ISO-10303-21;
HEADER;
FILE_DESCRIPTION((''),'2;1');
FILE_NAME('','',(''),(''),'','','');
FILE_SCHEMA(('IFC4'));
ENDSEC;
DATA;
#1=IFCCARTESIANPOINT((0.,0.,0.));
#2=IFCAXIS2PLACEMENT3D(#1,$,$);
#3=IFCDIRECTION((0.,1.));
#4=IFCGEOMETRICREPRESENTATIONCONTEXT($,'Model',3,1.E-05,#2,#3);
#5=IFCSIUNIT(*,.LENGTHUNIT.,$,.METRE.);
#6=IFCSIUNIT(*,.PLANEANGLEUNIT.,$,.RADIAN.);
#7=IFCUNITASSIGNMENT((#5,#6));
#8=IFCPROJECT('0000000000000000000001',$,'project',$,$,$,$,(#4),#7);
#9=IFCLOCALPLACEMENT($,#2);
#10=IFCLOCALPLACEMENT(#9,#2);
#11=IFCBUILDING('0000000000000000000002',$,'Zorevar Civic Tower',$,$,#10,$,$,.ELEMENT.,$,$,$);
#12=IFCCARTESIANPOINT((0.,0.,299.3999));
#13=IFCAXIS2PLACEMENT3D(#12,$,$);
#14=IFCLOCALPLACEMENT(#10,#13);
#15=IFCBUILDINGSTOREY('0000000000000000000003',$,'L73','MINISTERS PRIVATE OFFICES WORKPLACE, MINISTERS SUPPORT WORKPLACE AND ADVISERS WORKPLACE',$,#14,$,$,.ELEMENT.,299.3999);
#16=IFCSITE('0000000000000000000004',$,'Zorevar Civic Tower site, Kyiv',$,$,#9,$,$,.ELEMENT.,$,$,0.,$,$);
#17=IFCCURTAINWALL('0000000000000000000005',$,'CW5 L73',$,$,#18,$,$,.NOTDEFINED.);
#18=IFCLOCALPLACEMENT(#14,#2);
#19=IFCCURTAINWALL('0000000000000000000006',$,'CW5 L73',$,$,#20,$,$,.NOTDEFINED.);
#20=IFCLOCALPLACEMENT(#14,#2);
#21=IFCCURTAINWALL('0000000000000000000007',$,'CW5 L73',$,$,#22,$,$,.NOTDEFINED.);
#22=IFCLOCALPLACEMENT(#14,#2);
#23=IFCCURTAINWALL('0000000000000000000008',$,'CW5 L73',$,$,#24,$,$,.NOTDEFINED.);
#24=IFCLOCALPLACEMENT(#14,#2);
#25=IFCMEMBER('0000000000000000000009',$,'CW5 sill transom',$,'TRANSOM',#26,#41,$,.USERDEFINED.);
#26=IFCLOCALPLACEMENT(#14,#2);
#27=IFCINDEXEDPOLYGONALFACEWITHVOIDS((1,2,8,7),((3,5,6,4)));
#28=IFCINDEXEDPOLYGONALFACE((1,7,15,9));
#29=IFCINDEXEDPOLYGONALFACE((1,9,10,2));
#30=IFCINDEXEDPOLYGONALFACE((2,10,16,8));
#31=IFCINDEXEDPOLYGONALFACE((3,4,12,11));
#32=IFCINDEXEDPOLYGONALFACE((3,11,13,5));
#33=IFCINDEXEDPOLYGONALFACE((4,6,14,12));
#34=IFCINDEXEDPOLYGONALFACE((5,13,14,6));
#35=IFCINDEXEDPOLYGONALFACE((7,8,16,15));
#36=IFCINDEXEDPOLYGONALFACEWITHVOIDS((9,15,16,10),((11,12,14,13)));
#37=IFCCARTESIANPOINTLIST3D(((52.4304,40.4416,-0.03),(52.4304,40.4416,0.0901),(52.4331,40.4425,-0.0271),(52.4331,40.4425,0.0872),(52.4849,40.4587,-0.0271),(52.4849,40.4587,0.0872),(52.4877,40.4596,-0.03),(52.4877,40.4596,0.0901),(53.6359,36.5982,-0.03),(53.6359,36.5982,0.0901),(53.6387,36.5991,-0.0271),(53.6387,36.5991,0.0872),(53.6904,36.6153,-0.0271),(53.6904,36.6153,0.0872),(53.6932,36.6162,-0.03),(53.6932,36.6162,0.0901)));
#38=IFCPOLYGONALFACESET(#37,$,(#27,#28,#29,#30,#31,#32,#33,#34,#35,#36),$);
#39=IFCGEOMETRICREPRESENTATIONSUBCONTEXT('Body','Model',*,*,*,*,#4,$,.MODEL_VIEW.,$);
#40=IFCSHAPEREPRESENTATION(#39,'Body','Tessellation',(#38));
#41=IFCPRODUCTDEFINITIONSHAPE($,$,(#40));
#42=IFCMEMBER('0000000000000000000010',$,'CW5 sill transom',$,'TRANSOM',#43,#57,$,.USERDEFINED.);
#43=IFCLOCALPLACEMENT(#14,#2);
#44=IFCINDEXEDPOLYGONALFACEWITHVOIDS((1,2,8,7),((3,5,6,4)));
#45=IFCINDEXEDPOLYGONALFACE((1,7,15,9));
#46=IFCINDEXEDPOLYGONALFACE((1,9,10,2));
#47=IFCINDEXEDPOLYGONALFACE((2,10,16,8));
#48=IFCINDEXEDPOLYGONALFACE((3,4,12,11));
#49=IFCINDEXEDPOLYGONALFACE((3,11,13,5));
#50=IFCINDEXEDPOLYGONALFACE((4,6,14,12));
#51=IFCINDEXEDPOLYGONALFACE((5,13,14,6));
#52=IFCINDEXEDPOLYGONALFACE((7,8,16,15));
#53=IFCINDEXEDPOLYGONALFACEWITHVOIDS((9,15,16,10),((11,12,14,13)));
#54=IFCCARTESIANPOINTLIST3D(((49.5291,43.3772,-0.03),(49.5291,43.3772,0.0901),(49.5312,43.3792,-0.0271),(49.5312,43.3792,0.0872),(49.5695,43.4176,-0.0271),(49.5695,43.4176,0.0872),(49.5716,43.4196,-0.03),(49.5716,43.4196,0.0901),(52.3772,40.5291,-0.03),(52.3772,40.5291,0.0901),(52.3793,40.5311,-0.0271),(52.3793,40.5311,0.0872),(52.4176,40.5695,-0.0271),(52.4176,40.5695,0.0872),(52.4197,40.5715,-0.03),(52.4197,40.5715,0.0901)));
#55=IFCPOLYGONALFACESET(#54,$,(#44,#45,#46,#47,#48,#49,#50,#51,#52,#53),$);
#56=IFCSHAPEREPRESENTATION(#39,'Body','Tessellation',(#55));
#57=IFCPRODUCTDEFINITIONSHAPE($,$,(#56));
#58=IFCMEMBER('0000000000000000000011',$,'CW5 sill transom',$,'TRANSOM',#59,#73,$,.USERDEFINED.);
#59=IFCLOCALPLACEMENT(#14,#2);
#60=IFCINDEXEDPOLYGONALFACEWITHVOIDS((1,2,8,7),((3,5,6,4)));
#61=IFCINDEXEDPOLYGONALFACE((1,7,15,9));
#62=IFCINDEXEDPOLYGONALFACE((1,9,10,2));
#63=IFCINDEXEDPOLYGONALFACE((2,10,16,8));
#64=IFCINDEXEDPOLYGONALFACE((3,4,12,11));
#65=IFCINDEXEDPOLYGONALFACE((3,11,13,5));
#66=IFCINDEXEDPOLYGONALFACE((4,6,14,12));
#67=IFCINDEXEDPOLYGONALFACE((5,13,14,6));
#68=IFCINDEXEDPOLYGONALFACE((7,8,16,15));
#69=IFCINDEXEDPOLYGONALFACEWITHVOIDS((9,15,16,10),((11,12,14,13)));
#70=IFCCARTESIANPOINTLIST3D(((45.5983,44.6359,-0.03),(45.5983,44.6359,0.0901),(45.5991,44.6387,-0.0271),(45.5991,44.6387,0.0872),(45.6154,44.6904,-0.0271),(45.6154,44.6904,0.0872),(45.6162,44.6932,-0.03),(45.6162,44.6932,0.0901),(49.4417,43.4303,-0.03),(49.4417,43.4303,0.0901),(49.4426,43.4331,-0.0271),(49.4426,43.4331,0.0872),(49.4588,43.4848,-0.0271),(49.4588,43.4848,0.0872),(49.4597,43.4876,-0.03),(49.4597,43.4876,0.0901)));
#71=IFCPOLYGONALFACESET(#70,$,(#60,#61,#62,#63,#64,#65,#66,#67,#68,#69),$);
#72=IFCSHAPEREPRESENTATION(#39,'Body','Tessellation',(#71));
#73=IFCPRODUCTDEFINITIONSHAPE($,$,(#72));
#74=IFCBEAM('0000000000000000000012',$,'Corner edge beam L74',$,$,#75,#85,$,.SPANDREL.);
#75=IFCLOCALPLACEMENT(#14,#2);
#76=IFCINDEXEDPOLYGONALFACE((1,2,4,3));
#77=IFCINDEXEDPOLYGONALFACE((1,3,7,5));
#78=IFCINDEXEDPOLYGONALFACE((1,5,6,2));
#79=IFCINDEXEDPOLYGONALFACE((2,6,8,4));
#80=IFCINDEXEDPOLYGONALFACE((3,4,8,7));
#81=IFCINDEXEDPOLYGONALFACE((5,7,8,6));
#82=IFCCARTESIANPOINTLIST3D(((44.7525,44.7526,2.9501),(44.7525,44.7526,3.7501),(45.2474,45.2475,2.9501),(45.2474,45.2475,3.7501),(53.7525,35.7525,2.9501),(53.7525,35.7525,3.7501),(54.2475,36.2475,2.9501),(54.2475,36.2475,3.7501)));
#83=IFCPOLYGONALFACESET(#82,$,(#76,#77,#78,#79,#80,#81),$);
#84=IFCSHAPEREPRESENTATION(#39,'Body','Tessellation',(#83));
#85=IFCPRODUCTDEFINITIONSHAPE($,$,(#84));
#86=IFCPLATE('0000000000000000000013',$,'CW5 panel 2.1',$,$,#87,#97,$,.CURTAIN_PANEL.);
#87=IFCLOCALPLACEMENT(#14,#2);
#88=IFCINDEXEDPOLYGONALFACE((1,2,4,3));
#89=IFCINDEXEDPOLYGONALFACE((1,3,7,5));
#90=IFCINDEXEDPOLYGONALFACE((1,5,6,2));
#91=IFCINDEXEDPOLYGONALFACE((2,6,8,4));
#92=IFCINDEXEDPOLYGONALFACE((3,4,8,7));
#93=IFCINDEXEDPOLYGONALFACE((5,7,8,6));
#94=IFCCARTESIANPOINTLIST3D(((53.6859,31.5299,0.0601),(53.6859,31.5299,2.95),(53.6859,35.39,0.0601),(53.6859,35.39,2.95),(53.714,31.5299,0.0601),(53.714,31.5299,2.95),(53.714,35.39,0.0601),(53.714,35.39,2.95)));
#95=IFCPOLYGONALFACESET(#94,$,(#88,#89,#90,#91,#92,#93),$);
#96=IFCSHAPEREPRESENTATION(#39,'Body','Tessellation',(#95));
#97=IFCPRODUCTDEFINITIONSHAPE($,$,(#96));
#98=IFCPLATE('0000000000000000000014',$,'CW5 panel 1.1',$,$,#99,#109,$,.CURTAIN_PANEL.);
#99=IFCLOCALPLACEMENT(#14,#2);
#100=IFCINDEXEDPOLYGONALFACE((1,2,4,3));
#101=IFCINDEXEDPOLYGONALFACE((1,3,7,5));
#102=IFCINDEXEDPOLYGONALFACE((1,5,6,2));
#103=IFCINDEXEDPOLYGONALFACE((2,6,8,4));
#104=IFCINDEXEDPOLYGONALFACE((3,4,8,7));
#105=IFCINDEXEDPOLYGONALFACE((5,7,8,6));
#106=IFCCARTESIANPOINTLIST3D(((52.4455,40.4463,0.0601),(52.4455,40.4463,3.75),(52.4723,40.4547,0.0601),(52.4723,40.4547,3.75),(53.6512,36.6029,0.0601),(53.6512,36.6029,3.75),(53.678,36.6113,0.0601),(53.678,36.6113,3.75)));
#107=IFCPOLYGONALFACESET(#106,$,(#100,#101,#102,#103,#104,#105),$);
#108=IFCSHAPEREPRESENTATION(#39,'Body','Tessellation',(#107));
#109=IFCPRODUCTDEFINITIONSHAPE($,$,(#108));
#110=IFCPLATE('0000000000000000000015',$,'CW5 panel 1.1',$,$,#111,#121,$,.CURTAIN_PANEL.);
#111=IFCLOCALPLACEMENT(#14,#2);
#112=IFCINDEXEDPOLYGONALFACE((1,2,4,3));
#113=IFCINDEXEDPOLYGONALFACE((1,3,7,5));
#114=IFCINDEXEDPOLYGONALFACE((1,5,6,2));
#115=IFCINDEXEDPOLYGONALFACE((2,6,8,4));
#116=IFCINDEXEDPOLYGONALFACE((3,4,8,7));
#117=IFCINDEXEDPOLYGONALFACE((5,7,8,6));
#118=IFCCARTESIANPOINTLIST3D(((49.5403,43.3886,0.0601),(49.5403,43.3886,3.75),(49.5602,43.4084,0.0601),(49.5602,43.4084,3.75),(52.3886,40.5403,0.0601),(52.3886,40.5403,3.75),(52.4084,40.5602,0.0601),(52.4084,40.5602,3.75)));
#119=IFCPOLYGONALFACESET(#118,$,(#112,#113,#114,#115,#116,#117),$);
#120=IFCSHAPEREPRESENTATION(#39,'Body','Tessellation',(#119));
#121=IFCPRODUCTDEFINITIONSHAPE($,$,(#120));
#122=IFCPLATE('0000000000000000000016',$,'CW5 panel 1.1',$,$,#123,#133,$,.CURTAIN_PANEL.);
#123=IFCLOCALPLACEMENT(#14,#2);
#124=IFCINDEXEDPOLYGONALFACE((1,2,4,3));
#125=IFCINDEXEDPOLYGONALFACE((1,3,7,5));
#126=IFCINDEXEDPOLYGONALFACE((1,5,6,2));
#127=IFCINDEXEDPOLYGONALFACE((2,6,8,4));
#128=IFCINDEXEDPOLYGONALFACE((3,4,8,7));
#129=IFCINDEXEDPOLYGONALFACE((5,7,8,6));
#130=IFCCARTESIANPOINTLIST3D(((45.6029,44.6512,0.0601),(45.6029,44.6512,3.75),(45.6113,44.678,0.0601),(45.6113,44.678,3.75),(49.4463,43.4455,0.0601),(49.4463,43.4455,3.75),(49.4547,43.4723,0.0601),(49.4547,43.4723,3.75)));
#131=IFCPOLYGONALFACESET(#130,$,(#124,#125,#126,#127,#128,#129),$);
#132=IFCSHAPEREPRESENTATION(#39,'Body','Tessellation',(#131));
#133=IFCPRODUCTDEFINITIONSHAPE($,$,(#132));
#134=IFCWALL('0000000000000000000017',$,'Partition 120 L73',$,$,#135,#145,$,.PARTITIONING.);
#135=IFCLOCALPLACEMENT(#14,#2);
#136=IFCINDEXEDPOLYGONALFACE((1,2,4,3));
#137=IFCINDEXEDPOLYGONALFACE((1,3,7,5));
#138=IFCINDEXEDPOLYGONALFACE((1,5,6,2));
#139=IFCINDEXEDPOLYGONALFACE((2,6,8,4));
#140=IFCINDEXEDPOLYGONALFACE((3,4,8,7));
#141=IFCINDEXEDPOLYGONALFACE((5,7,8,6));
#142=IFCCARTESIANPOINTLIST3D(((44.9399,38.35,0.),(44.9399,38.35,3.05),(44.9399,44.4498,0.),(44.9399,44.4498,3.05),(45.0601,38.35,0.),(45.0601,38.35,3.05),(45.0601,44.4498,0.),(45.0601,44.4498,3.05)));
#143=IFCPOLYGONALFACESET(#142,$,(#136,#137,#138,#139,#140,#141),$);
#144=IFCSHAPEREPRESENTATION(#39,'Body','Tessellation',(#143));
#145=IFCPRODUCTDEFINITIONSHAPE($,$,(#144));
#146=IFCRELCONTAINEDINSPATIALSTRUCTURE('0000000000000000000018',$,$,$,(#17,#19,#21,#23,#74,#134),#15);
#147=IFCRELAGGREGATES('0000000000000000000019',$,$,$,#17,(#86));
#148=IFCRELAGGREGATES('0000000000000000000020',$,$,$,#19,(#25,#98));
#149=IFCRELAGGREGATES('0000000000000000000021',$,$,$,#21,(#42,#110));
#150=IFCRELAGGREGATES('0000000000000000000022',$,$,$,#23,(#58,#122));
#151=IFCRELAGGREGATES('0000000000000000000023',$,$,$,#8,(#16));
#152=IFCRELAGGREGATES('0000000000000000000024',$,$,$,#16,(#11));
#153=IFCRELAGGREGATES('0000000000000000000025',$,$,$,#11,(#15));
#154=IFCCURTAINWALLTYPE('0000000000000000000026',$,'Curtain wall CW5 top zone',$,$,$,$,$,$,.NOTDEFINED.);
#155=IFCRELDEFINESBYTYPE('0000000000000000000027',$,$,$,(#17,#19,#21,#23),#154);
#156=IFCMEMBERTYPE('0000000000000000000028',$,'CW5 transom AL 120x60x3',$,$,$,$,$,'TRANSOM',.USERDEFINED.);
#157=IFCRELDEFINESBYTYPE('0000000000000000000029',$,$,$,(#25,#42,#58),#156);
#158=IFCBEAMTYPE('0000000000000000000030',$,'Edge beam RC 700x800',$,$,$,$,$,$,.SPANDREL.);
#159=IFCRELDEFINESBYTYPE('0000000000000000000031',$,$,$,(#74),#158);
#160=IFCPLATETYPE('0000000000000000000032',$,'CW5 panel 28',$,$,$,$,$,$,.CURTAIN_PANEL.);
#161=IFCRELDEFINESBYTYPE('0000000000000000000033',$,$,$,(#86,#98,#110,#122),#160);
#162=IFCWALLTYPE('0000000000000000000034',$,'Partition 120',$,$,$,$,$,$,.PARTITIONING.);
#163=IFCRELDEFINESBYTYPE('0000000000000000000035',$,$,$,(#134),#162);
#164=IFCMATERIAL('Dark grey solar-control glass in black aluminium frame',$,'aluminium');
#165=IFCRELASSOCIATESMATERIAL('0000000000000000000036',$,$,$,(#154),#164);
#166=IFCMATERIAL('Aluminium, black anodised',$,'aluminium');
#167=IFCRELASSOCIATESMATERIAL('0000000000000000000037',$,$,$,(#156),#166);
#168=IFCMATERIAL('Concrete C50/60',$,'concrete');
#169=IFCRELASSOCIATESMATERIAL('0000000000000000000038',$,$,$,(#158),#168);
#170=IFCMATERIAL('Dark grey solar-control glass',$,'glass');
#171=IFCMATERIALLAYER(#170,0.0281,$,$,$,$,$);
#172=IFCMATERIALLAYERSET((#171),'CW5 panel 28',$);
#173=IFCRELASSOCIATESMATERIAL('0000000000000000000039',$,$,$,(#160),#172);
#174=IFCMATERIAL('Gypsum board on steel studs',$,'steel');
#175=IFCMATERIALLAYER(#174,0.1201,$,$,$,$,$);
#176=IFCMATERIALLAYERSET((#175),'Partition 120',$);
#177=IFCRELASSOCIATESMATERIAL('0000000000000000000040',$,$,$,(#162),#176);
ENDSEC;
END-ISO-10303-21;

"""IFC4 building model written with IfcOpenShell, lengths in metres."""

from ifc_helpers import new_model, si_unit, direction, frame, frame_2d, origin, origin_2d, place, context, subcontext, project, spatial, rectangle, hollow_rectangle, extrude, material, layer, layer_set, material_profile, profile_set, type_object, element, aggregate, save


model = new_model("IFC4")

# Units and contexts
model_context = context("Model", 3, precision=1e-05, world=origin(), true_north=direction((0.0, 1.0)))
body_context = subcontext(model_context, "Body", "Model", "MODEL_VIEW")
ifc_project = project(units=[si_unit("LENGTHUNIT", "METRE"), si_unit("PLANEANGLEUNIT", "RADIAN")], contexts=[model_context])

# Site, building, storey
site_placement = place(None, origin())
site = spatial("IfcSite", under=ifc_project, at=site_placement, Name="Zorevar Civic Tower site, Kyiv", CompositionType="ELEMENT", RefElevation=0.0)
building_placement = place(site_placement, origin())
building = spatial("IfcBuilding", under=site, at=building_placement, Name="Zorevar Civic Tower", CompositionType="ELEMENT")
storey_placement = place(building_placement, frame((0.0, 0.0, 299.3999)))
storey = spatial("IfcBuildingStorey", under=building, at=storey_placement, Name="L73", Description="MINISTERS PRIVATE OFFICES WORKPLACE, MINISTERS SUPPORT WORKPLACE AND ADVISERS WORKPLACE", CompositionType="ELEMENT", Elevation=299.3999)

# Curtain wall
ifc_material_1 = material(Name="Dark grey solar-control glass in black aluminium frame", Category="aluminium")
curtain_wall_type = type_object("IfcCurtainWallType", Name="Curtain wall CW5 top zone", PredefinedType="NOTDEFINED", material=ifc_material_1)
curtain_wall_1_placement = place(storey_placement, origin())
curtain_wall_1 = element("IfcCurtainWall", 1, at=curtain_wall_1_placement, inside=storey, type_object=curtain_wall_type, Name="CW5 L73", PredefinedType="NOTDEFINED")

# Curtain walls
curtain_wall_2_placement = place(storey_placement, origin())
curtain_wall_2 = element("IfcCurtainWall", 2, at=curtain_wall_2_placement, inside=storey, type_object=curtain_wall_type, Name="CW5 L73", PredefinedType="NOTDEFINED")
curtain_wall_3_placement = place(storey_placement, origin())
curtain_wall_3 = element("IfcCurtainWall", 3, at=curtain_wall_3_placement, inside=storey, type_object=curtain_wall_type, Name="CW5 L73", PredefinedType="NOTDEFINED")
curtain_wall_4_placement = place(storey_placement, origin())
curtain_wall_4 = element("IfcCurtainWall", 4, at=curtain_wall_4_placement, inside=storey, type_object=curtain_wall_type, Name="CW5 L73", PredefinedType="NOTDEFINED")

# Members
ifc_material_2 = material(Name="Aluminium, black anodised", Category="aluminium")
ifc_material_profile_1 = material_profile(ifc_material_2, hollow_rectangle(XDim=0.0601, YDim=0.1201, WallThickness=0.0029, at=origin_2d()), Name="AL 120x60x3")
ifc_profile_set_1 = profile_set([ifc_material_profile_1], Name="Aluminium, black anodised")
member_type_1 = type_object("IfcMemberType", Name="CW5 transom AL 120x60x3", ElementType="TRANSOM", PredefinedType="USERDEFINED", material=ifc_profile_set_1)
member_1_placement = place(storey_placement, frame((53.6646, 36.6072, 0.03), z_axis=(-0.299286, 0.954163, 0.0), x_axis=(-0.954163, -0.299286, 0.0)))
member_1 = element("IfcMember", 5, at=member_1_placement, type_object=member_type_1, Name="CW5 sill transom", ObjectType="TRANSOM", PredefinedType="USERDEFINED", context=body_context, shape_type="SweptSolid", body=[
    extrude(hollow_rectangle(XDim=0.0601, YDim=0.1201, WallThickness=0.0029, at=origin_2d()), origin(), (0.0, 0.0, 1.0), 4.0281),
])
member_2_placement = place(storey_placement, frame((52.3984, 40.5503, 0.03), z_axis=(-0.707107, 0.707107, 0.0), x_axis=(-0.707107, -0.707107, 0.0)))
member_2 = element("IfcMember", 6, at=member_2_placement, type_object=member_type_1, Name="CW5 sill transom", ObjectType="TRANSOM", PredefinedType="USERDEFINED", context=body_context, shape_type="SweptSolid", body=[
    extrude(hollow_rectangle(XDim=0.0601, YDim=0.1201, WallThickness=0.0029, at=origin_2d()), origin(), (0.0, 0.0, 1.0), 4.0278),
])
member_3_placement = place(storey_placement, frame((49.4507, 43.459, 0.03), z_axis=(-0.954163, 0.299286, 0.0), x_axis=(-0.299286, -0.954163, 0.0)))
member_3 = element("IfcMember", 7, at=member_3_placement, type_object=member_type_1, Name="CW5 sill transom", ObjectType="TRANSOM", PredefinedType="USERDEFINED", context=body_context, shape_type="SweptSolid", body=[
    extrude(hollow_rectangle(XDim=0.0601, YDim=0.1201, WallThickness=0.0029, at=origin_2d()), origin(), (0.0, 0.0, 1.0), 4.0281),
])

# Beam
ifc_material_3 = material(Name="Concrete C50/60", Category="concrete")
ifc_material_profile_2 = material_profile(ifc_material_3, rectangle(XDim=0.7, YDim=0.8, at=origin_2d()), Name="RC 700x800")
ifc_profile_set_2 = profile_set([ifc_material_profile_2], Name="Concrete C50/60")
beam_type_1 = type_object("IfcBeamType", Name="Edge beam RC 700x800", PredefinedType="SPANDREL", material=ifc_profile_set_2)
beam_1_placement = place(storey_placement, frame((54.0, 36.0, 3.3501), z_axis=(-0.707107, 0.707107, 0.0), x_axis=(-0.707107, -0.707107, 0.0)))
element("IfcBeam", 8, at=beam_1_placement, inside=storey, type_object=beam_type_1, Name="Corner edge beam L74", PredefinedType="SPANDREL", context=body_context, shape_type="SweptSolid", body=[
    extrude(rectangle(XDim=0.7, YDim=0.8, at=origin_2d()), origin(), (0.0, 0.0, 1.0), 12.728),
])

# Plates
ifc_material_4 = material(Name="Dark grey solar-control glass", Category="glass")
ifc_layer_1 = layer(ifc_material_4, 0.0281)
ifc_layer_set_1 = layer_set([ifc_layer_1], Name="CW5 panel 28")
plate_type = type_object("IfcPlateType", Name="CW5 panel 28", PredefinedType="CURTAIN_PANEL", material=ifc_layer_set_1)
plate_1_placement = place(storey_placement, frame((53.7, 33.46, 0.0601), z_axis=(0.0, 0.0, 1.0), x_axis=(0.0, 1.0, 0.0)))
plate_1 = element("IfcPlate", 9, at=plate_1_placement, type_object=plate_type, Name="CW5 panel 2.1", PredefinedType="CURTAIN_PANEL", context=body_context, shape_type="SweptSolid", body=[
    extrude(rectangle(XDim=3.8601, YDim=0.0281, at=origin_2d()), origin(), (0.0, 0.0, 1.0), 2.8899),
])
aggregate(curtain_wall_1, [plate_1])
plate_2_placement = place(storey_placement, frame((53.0618, 38.5288, 0.0601), z_axis=(0.0, 0.0, 1.0), x_axis=(-0.299318, 0.954153, 0.0)))
plate_2 = element("IfcPlate", 10, at=plate_2_placement, type_object=plate_type, Name="CW5 panel 1.1", PredefinedType="CURTAIN_PANEL", context=body_context, shape_type="SweptSolid", body=[
    extrude(rectangle(XDim=4.0281, YDim=0.0281, at=origin_2d()), origin(), (0.0, 0.0, 1.0), 3.6899),
])
aggregate(curtain_wall_2, [member_1, plate_2])
plate_3_placement = place(storey_placement, frame((50.9744, 41.9744, 0.0601), z_axis=(0.0, 0.0, 1.0), x_axis=(-0.707107, 0.707107, 0.0)))
plate_3 = element("IfcPlate", 11, at=plate_3_placement, type_object=plate_type, Name="CW5 panel 1.1", PredefinedType="CURTAIN_PANEL", context=body_context, shape_type="SweptSolid", body=[
    extrude(rectangle(XDim=4.0281, YDim=0.0281, at=origin_2d()), origin(), (0.0, 0.0, 1.0), 3.6899),
])
aggregate(curtain_wall_3, [member_2, plate_3])
plate_4_placement = place(storey_placement, frame((47.5288, 44.0618, 0.0601), z_axis=(0.0, 0.0, 1.0), x_axis=(-0.954153, 0.299318, 0.0)))
plate_4 = element("IfcPlate", 12, at=plate_4_placement, type_object=plate_type, Name="CW5 panel 1.1", PredefinedType="CURTAIN_PANEL", context=body_context, shape_type="SweptSolid", body=[
    extrude(rectangle(XDim=4.0281, YDim=0.0281, at=origin_2d()), origin(), (0.0, 0.0, 1.0), 3.6899),
])
aggregate(curtain_wall_4, [member_3, plate_4])

# Wall
ifc_material_5 = material(Name="Gypsum board on steel studs", Category="steel")
ifc_layer_2 = layer(ifc_material_5, 0.1201)
ifc_layer_set_2 = layer_set([ifc_layer_2], Name="Partition 120")
wall_type_1 = type_object("IfcWallType", Name="Partition 120", PredefinedType="PARTITIONING", material=ifc_layer_set_2)
wall_1_placement = place(storey_placement, frame((45.0, 38.3501, 0.0), z_axis=(0.0, 0.0, 1.0), x_axis=(0.0, 1.0, 0.0)))
element("IfcWall", 13, at=wall_1_placement, inside=storey, type_object=wall_type_1, Name="Partition 120 L73", PredefinedType="PARTITIONING", context=body_context, shape_type="SweptSolid", body=[
    extrude(rectangle(XDim=6.0999, YDim=0.1201, at=frame_2d((3.0498, 0.0))), origin(), (0.0, 0.0, 1.0), 3.05),
])

save(model, "model.ifc")
